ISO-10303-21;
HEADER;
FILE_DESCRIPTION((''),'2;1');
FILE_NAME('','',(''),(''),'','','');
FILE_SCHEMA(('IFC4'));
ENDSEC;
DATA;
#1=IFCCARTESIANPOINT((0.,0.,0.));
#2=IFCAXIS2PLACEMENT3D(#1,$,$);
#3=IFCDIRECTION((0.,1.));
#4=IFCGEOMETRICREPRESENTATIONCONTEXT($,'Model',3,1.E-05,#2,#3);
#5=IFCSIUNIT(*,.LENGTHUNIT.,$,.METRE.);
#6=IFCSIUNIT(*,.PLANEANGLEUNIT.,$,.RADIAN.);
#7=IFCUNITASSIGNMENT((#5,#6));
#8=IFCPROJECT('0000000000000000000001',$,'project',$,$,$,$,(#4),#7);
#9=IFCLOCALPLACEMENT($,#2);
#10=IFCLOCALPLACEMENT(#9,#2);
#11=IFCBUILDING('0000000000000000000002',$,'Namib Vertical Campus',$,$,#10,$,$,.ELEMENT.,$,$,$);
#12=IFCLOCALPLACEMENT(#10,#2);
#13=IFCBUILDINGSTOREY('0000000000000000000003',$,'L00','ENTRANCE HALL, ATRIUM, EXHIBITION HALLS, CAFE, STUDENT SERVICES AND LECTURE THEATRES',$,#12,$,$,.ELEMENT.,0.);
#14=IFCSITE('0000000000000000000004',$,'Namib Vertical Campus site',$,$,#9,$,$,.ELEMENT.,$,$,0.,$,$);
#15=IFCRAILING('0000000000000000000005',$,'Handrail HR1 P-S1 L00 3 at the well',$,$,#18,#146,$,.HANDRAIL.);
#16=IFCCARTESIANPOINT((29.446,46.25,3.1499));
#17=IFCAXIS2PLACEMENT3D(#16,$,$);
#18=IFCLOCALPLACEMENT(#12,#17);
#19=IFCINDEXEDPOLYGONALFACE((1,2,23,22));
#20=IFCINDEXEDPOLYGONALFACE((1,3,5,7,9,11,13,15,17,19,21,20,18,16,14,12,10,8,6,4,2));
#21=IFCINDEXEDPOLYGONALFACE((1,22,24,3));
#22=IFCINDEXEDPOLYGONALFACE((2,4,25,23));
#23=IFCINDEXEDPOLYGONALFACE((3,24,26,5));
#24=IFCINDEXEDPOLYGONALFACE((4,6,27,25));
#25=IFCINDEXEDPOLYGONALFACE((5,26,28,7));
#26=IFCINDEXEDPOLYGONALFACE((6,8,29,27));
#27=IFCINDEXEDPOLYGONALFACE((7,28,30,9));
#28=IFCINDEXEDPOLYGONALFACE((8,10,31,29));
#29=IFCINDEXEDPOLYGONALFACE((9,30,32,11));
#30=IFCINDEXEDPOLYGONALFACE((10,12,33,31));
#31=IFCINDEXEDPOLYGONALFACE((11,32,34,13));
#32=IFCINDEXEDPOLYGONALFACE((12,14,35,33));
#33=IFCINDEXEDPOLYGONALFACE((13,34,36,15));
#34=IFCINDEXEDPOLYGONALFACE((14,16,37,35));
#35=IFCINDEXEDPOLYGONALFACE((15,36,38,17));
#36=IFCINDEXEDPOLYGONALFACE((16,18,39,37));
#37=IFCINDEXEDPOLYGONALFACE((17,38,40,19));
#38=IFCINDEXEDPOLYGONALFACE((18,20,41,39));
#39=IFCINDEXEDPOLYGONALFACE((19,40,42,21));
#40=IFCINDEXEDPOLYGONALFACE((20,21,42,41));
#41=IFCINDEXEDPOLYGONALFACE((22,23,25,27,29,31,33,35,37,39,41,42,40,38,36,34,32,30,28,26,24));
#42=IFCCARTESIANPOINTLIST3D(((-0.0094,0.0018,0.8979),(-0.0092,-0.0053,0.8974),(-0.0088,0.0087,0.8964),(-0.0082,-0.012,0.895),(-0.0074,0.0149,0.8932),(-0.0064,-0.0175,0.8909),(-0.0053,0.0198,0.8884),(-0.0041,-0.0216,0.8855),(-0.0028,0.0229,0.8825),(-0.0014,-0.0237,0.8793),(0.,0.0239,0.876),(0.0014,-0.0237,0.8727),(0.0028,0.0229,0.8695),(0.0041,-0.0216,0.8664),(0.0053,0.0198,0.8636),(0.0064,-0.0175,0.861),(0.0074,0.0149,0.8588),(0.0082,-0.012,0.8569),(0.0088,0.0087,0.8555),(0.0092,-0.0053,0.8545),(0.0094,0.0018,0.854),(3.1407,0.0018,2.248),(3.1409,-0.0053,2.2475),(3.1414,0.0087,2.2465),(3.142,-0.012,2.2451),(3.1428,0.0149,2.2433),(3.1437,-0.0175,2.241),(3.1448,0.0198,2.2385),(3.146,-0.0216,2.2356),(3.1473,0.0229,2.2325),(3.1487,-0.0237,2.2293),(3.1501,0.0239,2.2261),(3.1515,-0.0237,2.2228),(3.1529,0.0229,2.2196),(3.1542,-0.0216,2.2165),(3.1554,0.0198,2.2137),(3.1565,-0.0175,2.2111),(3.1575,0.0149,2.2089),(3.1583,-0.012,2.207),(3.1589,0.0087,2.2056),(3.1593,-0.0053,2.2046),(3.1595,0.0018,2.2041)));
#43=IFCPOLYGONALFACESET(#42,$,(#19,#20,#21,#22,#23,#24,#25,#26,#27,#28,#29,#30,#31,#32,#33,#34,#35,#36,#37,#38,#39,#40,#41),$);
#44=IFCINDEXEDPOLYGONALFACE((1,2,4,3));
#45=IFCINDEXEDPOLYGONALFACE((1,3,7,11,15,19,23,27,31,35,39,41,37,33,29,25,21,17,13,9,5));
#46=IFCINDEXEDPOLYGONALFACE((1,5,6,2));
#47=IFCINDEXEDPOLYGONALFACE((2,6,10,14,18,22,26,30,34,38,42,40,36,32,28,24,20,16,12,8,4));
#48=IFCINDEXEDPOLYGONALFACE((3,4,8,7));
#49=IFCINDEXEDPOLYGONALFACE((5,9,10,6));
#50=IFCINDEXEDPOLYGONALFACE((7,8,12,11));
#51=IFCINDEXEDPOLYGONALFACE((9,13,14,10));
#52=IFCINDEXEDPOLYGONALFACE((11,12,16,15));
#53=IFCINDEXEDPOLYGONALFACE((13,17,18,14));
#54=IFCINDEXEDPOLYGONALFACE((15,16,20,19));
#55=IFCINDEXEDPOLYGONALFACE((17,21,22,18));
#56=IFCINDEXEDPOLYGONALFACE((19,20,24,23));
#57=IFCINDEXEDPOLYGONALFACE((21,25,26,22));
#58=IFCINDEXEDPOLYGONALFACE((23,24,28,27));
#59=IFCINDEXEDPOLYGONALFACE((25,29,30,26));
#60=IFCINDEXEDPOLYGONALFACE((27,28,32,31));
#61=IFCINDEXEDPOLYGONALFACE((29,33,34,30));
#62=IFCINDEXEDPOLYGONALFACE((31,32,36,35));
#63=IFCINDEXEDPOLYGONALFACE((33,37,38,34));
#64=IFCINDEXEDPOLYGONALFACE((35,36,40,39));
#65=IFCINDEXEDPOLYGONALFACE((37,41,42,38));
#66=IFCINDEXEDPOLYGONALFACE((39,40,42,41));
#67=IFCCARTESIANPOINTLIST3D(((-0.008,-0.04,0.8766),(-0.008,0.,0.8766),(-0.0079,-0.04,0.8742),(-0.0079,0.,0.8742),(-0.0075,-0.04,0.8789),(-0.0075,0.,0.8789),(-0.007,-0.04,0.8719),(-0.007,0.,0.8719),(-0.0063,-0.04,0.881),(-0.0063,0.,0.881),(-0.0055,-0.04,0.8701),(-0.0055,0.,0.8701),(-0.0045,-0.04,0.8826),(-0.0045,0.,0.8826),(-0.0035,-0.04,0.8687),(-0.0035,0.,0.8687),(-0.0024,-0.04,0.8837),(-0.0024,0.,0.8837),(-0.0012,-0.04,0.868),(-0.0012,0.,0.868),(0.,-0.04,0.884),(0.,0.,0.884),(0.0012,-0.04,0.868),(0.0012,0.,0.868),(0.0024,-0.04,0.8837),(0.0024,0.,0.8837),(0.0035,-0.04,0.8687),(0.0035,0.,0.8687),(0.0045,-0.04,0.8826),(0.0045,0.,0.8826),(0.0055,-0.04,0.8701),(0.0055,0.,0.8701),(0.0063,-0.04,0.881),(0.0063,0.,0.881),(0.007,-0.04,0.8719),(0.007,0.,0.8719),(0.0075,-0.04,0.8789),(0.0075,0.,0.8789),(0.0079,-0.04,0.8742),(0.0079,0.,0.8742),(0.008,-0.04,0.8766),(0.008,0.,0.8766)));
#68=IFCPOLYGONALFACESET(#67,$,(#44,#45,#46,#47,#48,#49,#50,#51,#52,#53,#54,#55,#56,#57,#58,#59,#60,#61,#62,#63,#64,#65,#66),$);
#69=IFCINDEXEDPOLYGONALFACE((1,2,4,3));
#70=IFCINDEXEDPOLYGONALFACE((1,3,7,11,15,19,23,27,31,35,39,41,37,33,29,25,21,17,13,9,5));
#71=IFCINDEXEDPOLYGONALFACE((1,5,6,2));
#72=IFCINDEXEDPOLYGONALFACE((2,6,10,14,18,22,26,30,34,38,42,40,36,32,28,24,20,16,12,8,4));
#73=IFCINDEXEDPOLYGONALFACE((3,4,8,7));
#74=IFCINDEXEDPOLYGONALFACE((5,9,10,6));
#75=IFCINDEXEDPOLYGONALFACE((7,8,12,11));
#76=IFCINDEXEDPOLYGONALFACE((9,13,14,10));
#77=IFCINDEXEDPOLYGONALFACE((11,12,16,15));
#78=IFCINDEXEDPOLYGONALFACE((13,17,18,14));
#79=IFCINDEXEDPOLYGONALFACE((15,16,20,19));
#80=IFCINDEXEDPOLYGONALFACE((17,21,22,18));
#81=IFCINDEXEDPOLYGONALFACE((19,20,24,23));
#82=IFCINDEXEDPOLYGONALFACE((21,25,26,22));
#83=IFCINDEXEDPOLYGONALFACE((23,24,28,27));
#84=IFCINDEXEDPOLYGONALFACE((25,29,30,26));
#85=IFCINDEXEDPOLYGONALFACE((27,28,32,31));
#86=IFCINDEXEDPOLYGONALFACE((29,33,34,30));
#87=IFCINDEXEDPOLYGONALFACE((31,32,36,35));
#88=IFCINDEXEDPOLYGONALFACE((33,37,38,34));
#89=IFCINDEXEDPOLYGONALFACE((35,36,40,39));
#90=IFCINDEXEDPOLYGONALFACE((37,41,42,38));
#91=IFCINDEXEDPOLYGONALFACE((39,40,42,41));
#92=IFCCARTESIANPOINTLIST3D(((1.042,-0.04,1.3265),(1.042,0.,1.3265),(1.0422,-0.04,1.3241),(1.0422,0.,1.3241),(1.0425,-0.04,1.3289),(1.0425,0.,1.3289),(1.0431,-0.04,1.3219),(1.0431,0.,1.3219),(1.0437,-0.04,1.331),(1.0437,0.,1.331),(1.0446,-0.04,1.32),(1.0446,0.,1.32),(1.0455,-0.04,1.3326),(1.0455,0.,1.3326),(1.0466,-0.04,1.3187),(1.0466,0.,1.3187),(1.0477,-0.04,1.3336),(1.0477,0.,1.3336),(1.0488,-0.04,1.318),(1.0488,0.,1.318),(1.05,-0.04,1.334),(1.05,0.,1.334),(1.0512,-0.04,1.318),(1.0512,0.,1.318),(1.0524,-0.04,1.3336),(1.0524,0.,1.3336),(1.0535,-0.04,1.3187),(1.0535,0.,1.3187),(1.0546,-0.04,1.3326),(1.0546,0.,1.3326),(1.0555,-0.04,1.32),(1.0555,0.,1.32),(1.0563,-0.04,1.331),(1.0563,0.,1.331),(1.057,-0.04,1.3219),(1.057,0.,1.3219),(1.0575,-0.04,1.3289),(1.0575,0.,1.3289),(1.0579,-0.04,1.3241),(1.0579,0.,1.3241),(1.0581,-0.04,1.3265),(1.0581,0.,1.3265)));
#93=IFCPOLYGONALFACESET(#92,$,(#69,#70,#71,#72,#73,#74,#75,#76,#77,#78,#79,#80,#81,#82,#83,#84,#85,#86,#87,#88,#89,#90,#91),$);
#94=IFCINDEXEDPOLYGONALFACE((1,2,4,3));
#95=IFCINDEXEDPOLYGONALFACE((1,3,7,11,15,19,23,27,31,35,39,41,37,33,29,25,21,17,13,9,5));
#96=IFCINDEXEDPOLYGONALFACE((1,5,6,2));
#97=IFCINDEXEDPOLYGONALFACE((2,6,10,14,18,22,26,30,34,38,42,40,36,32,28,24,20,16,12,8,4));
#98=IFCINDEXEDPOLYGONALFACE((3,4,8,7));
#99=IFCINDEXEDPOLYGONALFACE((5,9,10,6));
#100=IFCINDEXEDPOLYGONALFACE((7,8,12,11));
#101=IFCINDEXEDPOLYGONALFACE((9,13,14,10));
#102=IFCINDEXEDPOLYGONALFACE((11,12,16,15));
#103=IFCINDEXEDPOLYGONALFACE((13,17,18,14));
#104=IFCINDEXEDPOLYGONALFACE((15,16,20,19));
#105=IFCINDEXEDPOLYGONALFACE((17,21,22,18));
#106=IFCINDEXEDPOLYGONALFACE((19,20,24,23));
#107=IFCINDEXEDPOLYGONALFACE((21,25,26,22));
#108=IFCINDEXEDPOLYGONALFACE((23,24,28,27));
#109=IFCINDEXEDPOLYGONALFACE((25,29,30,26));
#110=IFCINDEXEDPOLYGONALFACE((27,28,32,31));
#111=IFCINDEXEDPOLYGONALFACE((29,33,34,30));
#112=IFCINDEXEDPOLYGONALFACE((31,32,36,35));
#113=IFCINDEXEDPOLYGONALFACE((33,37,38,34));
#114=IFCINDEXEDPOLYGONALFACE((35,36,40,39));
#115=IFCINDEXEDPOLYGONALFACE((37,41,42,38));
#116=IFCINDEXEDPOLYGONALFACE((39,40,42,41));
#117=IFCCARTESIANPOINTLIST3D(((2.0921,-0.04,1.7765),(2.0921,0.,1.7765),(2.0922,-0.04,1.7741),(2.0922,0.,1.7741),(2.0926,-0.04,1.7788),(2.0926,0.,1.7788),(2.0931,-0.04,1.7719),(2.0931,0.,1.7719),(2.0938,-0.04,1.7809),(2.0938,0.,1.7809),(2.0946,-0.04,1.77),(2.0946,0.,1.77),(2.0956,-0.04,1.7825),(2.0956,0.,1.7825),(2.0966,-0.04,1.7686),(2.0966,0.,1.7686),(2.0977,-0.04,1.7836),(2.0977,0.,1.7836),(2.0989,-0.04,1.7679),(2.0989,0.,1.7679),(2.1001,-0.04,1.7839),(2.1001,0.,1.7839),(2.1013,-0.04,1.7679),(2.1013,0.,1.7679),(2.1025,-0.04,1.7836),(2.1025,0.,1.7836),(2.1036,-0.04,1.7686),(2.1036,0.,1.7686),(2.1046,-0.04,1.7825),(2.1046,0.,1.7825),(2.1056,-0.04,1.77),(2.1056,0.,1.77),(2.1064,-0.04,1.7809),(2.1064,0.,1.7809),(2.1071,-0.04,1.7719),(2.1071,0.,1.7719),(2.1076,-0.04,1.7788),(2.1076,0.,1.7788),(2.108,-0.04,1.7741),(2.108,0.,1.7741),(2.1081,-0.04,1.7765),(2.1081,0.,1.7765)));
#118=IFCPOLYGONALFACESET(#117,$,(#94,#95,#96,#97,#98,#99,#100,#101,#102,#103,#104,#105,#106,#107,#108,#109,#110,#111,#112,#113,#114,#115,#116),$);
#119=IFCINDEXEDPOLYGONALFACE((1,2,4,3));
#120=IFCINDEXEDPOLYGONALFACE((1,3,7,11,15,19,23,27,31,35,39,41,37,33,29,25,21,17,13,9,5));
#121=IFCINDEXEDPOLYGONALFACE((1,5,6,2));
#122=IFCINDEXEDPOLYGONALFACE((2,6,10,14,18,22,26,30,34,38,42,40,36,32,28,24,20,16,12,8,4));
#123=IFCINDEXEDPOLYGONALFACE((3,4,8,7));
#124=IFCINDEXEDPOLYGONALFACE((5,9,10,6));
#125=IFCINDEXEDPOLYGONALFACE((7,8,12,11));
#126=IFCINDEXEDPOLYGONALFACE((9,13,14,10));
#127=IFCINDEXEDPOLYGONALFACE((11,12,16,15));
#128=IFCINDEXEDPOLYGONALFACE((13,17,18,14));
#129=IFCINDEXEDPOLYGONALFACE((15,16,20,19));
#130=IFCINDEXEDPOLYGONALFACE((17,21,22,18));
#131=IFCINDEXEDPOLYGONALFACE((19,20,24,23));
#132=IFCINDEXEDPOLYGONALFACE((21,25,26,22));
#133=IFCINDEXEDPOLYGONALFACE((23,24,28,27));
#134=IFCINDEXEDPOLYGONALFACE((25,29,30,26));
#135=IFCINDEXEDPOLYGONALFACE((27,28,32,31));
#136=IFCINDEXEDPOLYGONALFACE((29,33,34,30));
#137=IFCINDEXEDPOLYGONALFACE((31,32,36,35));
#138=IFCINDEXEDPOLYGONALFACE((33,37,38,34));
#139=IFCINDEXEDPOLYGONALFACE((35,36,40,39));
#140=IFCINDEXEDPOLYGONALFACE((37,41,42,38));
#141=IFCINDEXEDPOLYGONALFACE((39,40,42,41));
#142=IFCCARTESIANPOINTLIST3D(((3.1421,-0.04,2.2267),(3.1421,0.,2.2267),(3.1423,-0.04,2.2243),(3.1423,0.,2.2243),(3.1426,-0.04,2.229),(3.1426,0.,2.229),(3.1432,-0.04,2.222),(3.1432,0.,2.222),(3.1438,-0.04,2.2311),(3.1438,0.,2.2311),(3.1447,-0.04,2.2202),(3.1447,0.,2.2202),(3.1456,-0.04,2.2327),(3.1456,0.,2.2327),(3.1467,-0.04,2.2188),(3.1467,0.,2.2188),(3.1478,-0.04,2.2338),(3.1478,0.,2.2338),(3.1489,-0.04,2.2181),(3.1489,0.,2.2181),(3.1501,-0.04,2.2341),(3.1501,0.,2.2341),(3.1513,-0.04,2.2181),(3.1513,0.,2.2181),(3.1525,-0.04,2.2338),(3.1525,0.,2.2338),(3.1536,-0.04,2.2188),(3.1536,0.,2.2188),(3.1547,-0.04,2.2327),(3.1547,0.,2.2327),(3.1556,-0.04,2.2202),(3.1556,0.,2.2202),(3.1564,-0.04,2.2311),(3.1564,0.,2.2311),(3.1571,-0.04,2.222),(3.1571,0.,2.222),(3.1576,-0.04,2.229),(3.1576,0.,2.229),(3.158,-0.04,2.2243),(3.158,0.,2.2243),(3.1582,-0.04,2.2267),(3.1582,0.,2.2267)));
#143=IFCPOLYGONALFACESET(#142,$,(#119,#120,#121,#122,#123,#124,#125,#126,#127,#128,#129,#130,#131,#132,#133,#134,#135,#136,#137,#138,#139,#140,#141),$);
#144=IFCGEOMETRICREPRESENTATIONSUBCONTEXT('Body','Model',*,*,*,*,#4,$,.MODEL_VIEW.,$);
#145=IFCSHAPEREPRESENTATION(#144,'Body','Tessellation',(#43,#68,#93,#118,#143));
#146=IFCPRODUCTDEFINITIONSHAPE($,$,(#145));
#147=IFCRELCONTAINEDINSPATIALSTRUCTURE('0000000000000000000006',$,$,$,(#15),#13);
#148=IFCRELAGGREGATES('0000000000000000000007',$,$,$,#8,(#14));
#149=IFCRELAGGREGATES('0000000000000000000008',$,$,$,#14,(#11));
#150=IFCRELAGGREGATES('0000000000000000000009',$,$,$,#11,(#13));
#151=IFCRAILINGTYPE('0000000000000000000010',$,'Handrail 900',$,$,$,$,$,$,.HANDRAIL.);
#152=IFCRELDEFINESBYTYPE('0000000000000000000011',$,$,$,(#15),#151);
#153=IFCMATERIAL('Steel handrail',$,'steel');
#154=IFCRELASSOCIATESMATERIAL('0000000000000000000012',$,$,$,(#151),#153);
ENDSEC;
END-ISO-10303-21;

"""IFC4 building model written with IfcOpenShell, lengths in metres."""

from ifc_helpers import new_model, si_unit, direction, frame, origin, origin_2d, place, context, subcontext, project, spatial, circle, extrude, material, type_object, element, save


model = new_model("IFC4")

# Units and contexts
model_context = context("Model", 3, precision=1e-05, world=origin(), true_north=direction((0.0, 1.0)))
body_context = subcontext(model_context, "Body", "Model", "MODEL_VIEW")
ifc_project = project(units=[si_unit("LENGTHUNIT", "METRE"), si_unit("PLANEANGLEUNIT", "RADIAN")], contexts=[model_context])

# Site, building, storey
site_placement = place(None, origin())
site = spatial("IfcSite", under=ifc_project, at=site_placement, Name="Namib Vertical Campus site", CompositionType="ELEMENT", RefElevation=0.0)
building_placement = place(site_placement, origin())
building = spatial("IfcBuilding", under=site, at=building_placement, Name="Namib Vertical Campus", CompositionType="ELEMENT")
storey_placement = place(building_placement, origin())
storey = spatial("IfcBuildingStorey", under=building, at=storey_placement, Name="L00", Description="ENTRANCE HALL, ATRIUM, EXHIBITION HALLS, CAFE, STUDENT SERVICES AND LECTURE THEATRES", CompositionType="ELEMENT", Elevation=0.0)

# Railing
ifc_material_1 = material(Name="Steel handrail", Category="steel")
railing_type = type_object("IfcRailingType", Name="Handrail 900", PredefinedType="HANDRAIL", material=ifc_material_1)
railing_1_placement = place(storey_placement, frame((29.446, 46.25, 3.1499)))
element("IfcRailing", 1, at=railing_1_placement, inside=storey, type_object=railing_type, Name="Handrail HR1 P-S1 L00 3 at the well", PredefinedType="HANDRAIL", context=body_context, shape_type="SweptSolid", body=[
    extrude(circle(Radius=0.0239, at=origin_2d()), frame((0.0, 0.0, 0.876), z_axis=(0.919141, 0.0, 0.393928), x_axis=(0.0, 1.0, 0.0)), (0.0, 0.0, 1.0), 3.4272),
    extrude(circle(Radius=0.0081, at=origin_2d()), frame((0.0, 0.0, 0.876), z_axis=(0.0, -1.0, 0.0), x_axis=(0.0, 0.0, 1.0)), (0.0, 0.0, 1.0), 0.04),
    extrude(circle(Radius=0.0081, at=origin_2d()), frame((1.05, 0.0, 1.3259), z_axis=(0.0, -1.0, 0.0), x_axis=(0.0, 0.0, 1.0)), (0.0, 0.0, 1.0), 0.04),
    extrude(circle(Radius=0.0081, at=origin_2d()), frame((2.1001, 0.0, 1.7759), z_axis=(0.0, -1.0, 0.0), x_axis=(0.0, 0.0, 1.0)), (0.0, 0.0, 1.0), 0.04),
    extrude(circle(Radius=0.0081, at=origin_2d()), frame((3.1501, 0.0, 2.2261), z_axis=(0.0, -1.0, 0.0), x_axis=(0.0, 0.0, 1.0)), (0.0, 0.0, 1.0), 0.04),
])

save(model, "model.ifc")
